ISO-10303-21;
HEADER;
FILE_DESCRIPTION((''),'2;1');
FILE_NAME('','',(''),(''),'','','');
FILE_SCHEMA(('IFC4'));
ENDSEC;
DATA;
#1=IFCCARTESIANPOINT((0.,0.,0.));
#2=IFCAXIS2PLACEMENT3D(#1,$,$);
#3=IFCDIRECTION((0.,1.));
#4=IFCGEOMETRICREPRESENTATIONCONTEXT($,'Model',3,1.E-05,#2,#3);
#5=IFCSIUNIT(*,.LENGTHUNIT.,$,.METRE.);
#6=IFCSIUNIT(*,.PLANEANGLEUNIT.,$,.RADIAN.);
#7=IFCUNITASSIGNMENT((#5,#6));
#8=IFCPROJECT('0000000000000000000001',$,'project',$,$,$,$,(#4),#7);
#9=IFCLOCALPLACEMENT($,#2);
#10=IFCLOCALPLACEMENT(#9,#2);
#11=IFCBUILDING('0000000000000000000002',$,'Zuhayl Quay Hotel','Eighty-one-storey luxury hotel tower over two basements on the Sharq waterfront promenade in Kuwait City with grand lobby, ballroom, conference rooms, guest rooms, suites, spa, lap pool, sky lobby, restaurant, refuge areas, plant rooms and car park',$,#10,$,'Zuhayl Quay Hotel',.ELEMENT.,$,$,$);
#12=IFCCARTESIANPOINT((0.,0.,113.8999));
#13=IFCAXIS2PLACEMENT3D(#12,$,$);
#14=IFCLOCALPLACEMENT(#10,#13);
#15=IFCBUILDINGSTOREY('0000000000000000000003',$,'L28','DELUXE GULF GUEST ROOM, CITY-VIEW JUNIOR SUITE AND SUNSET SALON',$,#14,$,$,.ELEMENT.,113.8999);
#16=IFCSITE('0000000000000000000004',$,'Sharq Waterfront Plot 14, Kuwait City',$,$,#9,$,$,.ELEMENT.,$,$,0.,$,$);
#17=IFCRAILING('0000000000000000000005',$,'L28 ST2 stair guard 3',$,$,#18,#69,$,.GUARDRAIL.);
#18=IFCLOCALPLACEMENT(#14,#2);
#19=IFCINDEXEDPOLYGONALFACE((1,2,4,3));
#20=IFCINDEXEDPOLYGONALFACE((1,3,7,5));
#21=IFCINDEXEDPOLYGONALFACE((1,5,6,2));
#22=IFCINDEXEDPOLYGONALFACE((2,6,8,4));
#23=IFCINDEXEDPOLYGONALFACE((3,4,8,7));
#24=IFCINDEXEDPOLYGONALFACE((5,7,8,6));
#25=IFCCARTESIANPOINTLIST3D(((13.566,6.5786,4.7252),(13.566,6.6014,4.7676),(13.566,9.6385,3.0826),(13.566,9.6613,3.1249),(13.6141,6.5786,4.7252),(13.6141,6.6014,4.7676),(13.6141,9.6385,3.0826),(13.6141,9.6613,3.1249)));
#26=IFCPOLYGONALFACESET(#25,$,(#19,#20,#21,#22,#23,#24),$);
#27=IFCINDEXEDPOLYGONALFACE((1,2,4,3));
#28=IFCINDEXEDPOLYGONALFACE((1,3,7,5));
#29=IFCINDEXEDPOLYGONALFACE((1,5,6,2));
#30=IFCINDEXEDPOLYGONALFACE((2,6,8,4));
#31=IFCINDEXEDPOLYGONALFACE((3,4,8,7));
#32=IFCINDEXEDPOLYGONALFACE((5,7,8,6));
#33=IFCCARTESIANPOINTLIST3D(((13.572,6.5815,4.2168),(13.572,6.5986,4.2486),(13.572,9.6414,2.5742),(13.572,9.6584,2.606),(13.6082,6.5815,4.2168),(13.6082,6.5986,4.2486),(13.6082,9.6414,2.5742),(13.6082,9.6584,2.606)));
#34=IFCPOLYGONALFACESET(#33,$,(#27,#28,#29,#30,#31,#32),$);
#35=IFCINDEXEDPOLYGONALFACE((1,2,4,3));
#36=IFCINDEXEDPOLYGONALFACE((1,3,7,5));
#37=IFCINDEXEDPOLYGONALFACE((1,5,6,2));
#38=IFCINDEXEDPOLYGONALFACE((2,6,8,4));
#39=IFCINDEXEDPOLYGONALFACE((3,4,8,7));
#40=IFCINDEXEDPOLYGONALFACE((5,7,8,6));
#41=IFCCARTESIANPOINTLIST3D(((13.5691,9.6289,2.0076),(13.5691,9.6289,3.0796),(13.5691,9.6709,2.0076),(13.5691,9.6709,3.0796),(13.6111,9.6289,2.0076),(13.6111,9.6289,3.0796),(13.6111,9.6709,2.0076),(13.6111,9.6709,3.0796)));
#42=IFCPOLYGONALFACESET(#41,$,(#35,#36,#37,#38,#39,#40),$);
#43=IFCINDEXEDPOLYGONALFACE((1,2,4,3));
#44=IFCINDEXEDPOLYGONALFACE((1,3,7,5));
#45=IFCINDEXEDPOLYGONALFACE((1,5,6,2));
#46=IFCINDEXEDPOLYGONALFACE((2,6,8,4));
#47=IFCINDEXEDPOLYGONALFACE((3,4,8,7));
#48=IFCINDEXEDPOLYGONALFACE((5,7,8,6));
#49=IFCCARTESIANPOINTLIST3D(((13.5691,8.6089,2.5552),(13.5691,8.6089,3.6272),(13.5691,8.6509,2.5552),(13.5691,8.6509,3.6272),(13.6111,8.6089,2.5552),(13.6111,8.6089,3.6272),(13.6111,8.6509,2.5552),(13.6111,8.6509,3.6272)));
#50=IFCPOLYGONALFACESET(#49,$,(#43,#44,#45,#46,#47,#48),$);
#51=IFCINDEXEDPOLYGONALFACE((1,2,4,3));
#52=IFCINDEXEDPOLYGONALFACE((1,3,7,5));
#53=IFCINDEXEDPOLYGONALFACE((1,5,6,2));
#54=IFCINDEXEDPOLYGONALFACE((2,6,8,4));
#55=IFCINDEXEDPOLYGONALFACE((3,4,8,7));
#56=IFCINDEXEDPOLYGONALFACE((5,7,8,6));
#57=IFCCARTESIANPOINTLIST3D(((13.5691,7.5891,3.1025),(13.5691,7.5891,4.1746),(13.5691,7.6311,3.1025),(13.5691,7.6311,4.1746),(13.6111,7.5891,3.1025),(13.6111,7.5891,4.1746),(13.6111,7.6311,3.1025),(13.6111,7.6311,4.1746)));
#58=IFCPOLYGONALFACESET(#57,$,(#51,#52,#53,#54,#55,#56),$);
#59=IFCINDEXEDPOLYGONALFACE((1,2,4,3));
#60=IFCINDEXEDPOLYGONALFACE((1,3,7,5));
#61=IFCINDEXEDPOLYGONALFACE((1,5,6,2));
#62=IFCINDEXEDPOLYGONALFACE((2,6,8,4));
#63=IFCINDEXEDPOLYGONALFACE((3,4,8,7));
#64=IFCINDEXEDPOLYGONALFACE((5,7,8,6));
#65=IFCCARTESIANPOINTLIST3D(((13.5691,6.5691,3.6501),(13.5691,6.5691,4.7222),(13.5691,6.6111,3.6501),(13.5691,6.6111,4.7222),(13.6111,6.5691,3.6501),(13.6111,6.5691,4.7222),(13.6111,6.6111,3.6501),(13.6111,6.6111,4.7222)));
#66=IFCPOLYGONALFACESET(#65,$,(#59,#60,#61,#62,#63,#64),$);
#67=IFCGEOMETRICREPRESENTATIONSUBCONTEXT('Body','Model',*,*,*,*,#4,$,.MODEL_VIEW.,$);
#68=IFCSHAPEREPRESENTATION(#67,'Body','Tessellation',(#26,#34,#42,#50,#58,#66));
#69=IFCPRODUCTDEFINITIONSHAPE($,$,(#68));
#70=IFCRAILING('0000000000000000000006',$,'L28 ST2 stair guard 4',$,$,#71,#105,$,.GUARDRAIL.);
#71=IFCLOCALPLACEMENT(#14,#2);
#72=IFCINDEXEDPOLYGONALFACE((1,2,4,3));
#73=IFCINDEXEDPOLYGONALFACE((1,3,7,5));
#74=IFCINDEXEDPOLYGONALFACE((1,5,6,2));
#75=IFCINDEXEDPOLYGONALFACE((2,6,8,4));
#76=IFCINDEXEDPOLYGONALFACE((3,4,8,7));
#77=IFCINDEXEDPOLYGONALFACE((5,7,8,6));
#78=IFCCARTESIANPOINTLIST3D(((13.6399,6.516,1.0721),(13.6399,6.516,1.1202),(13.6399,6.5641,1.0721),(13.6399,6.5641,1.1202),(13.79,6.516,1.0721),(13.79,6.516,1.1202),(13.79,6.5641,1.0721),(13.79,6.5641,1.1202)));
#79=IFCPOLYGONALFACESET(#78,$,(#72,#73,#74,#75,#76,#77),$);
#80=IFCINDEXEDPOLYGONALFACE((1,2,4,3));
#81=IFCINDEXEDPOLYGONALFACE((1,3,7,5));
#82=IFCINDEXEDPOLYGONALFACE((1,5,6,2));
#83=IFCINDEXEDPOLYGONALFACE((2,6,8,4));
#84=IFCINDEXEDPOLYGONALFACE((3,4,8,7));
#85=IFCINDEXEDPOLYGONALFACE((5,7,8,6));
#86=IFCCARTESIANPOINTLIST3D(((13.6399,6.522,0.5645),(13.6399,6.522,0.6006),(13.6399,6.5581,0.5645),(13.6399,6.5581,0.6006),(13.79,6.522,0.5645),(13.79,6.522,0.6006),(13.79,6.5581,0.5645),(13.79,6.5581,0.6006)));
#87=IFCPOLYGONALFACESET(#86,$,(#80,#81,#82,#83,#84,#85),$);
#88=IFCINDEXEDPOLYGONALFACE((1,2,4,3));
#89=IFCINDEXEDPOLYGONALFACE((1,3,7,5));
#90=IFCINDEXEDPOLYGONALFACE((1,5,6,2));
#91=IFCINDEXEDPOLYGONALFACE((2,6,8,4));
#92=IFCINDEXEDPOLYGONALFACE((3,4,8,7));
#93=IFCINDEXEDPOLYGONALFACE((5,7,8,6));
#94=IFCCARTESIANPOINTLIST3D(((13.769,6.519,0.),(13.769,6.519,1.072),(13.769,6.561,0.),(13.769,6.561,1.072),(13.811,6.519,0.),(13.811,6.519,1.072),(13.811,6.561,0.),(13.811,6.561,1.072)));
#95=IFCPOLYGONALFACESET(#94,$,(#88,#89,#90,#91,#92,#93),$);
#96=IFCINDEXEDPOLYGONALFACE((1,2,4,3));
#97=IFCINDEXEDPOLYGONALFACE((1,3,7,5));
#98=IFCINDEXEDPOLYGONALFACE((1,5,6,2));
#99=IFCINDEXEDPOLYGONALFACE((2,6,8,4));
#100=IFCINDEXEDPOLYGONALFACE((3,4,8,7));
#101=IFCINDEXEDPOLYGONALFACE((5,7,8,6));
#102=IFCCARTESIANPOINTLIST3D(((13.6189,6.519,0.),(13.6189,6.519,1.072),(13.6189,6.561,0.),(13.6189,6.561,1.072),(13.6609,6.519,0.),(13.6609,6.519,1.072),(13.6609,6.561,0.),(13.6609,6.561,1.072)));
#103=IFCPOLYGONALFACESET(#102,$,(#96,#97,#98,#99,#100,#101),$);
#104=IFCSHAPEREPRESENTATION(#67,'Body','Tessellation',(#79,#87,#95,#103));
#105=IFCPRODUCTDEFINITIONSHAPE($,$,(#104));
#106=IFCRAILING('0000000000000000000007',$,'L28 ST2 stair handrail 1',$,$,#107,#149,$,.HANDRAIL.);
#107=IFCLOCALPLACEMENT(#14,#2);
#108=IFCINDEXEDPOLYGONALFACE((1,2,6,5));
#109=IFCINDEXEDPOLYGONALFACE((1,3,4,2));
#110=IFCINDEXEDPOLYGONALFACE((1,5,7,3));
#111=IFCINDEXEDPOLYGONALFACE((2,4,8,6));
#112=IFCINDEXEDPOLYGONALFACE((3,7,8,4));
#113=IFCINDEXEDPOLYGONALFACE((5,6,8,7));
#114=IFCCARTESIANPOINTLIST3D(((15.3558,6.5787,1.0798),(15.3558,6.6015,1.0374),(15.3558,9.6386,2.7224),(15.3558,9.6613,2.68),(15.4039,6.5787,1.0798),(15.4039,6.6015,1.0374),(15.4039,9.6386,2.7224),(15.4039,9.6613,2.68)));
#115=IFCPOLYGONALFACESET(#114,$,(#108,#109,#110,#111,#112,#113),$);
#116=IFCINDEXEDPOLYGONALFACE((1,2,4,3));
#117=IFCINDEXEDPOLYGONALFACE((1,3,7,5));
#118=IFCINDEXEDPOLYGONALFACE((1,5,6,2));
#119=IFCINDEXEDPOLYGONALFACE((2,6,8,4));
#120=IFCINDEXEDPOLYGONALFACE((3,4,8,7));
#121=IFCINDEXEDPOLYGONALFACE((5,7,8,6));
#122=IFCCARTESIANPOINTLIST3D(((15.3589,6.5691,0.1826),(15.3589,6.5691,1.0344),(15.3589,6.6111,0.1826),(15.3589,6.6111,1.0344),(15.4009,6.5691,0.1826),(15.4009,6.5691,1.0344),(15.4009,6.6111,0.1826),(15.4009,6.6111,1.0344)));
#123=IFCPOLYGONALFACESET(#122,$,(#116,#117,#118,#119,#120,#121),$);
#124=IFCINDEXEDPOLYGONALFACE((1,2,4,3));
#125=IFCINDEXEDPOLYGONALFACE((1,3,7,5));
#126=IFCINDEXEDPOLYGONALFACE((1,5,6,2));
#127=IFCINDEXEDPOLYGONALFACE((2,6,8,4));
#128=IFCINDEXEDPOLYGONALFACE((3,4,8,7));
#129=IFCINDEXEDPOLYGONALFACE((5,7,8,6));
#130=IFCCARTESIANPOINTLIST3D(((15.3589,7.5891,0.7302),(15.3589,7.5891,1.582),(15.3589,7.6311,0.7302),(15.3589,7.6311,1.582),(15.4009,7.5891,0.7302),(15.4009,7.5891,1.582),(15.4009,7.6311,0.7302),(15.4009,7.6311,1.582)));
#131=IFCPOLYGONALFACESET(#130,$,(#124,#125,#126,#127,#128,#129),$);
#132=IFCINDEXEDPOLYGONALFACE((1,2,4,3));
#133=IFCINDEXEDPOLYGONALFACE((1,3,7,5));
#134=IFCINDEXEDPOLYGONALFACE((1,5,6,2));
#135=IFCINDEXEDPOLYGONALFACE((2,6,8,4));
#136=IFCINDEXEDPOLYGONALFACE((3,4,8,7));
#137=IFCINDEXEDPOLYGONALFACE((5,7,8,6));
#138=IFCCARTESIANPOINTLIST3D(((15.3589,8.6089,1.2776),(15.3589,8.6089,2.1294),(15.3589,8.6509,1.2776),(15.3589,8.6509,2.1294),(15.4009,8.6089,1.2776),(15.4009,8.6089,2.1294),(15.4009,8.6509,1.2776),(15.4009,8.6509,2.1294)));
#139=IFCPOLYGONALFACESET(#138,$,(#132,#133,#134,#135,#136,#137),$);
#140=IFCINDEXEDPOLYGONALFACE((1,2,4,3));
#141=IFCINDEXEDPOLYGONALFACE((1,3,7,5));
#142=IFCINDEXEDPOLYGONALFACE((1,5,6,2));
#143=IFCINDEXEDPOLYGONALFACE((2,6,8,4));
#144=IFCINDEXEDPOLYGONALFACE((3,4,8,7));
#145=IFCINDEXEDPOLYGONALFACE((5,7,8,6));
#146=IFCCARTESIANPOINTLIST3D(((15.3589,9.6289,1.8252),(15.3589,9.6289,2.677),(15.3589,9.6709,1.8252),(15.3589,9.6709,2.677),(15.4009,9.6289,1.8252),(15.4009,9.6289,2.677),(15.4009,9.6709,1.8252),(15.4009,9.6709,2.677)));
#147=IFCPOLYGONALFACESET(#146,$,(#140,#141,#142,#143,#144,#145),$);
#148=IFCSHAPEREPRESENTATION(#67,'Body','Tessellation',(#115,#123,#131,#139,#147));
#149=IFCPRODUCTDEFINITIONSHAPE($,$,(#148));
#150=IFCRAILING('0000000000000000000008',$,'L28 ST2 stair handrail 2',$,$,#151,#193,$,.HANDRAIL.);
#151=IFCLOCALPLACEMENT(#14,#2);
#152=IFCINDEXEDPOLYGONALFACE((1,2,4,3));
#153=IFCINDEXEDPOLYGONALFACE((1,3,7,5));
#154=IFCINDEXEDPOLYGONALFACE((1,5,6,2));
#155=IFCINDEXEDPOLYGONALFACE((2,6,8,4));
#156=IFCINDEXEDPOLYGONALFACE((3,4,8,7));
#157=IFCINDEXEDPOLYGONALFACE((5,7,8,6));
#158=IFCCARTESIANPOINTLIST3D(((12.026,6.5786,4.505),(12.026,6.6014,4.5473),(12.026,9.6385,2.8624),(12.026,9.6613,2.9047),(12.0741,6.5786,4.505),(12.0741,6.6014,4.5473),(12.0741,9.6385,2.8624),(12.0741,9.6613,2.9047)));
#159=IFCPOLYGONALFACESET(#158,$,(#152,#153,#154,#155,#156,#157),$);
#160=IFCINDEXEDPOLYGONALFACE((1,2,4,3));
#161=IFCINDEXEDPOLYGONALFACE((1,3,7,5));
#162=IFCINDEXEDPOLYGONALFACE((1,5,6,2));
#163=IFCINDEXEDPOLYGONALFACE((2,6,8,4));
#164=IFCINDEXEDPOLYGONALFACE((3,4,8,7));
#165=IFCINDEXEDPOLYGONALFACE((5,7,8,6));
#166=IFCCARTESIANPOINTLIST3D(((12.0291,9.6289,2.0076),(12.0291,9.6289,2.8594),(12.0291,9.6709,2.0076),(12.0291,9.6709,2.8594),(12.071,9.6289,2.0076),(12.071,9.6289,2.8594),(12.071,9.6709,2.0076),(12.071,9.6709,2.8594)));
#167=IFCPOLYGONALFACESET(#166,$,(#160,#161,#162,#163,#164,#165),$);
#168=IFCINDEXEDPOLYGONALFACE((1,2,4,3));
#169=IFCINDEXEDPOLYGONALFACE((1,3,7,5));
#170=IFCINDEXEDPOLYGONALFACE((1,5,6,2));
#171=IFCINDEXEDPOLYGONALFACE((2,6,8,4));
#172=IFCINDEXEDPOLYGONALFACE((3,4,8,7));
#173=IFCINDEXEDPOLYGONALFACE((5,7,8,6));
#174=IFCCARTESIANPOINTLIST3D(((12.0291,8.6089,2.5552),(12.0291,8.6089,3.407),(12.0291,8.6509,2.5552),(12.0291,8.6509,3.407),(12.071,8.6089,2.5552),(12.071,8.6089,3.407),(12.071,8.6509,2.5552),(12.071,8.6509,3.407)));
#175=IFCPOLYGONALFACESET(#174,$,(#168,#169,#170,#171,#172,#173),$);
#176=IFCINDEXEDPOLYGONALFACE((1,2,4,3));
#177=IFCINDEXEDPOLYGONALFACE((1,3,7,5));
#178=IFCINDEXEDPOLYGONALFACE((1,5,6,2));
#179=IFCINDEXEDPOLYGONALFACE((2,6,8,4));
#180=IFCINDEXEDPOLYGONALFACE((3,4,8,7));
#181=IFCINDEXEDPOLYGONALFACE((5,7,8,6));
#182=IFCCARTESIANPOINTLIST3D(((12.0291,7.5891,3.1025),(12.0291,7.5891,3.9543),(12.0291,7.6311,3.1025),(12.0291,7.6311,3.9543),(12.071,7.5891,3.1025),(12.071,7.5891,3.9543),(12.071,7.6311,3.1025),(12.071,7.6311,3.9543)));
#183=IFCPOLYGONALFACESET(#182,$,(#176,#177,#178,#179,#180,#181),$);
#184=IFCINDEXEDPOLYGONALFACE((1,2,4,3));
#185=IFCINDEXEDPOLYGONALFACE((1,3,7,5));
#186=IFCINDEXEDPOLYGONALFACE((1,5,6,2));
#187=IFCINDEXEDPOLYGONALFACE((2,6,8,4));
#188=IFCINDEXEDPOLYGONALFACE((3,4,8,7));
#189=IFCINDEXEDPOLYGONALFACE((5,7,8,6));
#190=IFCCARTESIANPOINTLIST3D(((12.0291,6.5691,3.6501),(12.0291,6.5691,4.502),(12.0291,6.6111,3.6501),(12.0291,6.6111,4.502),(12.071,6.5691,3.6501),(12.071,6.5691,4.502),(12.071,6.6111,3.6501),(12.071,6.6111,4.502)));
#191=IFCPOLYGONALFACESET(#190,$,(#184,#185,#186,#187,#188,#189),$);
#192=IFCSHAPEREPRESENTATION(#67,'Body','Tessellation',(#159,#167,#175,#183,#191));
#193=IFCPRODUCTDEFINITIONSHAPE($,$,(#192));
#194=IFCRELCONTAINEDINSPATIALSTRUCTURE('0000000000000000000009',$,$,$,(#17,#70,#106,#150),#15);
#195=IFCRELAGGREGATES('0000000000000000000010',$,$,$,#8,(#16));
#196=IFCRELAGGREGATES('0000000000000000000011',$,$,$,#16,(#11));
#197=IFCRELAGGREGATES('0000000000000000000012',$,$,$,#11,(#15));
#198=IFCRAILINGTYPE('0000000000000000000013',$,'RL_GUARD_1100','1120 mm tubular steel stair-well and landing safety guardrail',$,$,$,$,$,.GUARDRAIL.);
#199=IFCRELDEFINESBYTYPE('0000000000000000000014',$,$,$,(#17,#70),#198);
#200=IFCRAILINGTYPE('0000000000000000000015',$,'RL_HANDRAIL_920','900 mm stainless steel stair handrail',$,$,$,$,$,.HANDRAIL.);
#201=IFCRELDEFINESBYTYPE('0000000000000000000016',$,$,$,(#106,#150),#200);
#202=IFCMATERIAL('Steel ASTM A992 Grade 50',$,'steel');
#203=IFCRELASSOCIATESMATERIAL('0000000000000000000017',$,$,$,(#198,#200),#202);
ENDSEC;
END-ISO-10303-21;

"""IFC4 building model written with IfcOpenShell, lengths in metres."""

from ifc_helpers import new_model, si_unit, direction, frame, origin, origin_2d, place, context, subcontext, project, spatial, rectangle, extrude, material, type_object, element, save


model = new_model("IFC4")

# Units and contexts
model_context = context("Model", 3, precision=1e-05, world=origin(), true_north=direction((0.0, 1.0)))
body_context = subcontext(model_context, "Body", "Model", "MODEL_VIEW")
ifc_project = project(units=[si_unit("LENGTHUNIT", "METRE"), si_unit("PLANEANGLEUNIT", "RADIAN")], contexts=[model_context])

# Site, building, storey
site_placement = place(None, origin())
site = spatial("IfcSite", under=ifc_project, at=site_placement, Name="Sharq Waterfront Plot 14, Kuwait City", CompositionType="ELEMENT", RefElevation=0.0)
building_placement = place(site_placement, origin())
building = spatial("IfcBuilding", under=site, at=building_placement, Name="Zuhayl Quay Hotel", Description="Eighty-one-storey luxury hotel tower over two basements on the Sharq waterfront promenade in Kuwait City with grand lobby, ballroom, conference rooms, guest rooms, suites, spa, lap pool, sky lobby, restaurant, refuge areas, plant rooms and car park", LongName="Zuhayl Quay Hotel", CompositionType="ELEMENT")
storey_placement = place(building_placement, frame((0.0, 0.0, 113.8999)))
storey = spatial("IfcBuildingStorey", under=building, at=storey_placement, Name="L28", Description="DELUXE GULF GUEST ROOM, CITY-VIEW JUNIOR SUITE AND SUNSET SALON", CompositionType="ELEMENT", Elevation=113.8999)

# Shared definitions
ifc_material_1 = material(Name="Steel ASTM A992 Grade 50", Category="steel")

# Railings
railing_type_1 = type_object("IfcRailingType", Name="RL_GUARD_1100", Description="1120 mm tubular steel stair-well and landing safety guardrail", PredefinedType="GUARDRAIL", material=ifc_material_1)
railing_1_placement = place(storey_placement, frame((13.5901, 9.6499, 2.0076)))
element("IfcRailing", 1, at=railing_1_placement, inside=storey, type_object=railing_type_1, Name="L28 ST2 stair guard 3", PredefinedType="GUARDRAIL", context=body_context, shape_type="SweptSolid", body=[
    extrude(rectangle(XDim=0.0481, YDim=0.0481, at=origin_2d()), frame((0.0, 0.0, 1.0962), z_axis=(0.0, -0.881073, 0.47298), x_axis=(1.0, 0.0, 0.0)), (0.0, 0.0, 1.0), 3.4729),
    extrude(rectangle(XDim=0.0361, YDim=0.0361, at=origin_2d()), frame((0.0, 0.0, 0.5825), z_axis=(0.0, -0.881073, 0.47298), x_axis=(1.0, 0.0, 0.0)), (0.0, 0.0, 1.0), 3.4729),
    extrude(rectangle(XDim=0.042, YDim=0.042, at=origin_2d()), origin(), (0.0, 0.0, 1.0), 1.072),
    extrude(rectangle(XDim=0.042, YDim=0.042, at=origin_2d()), frame((0.0, -1.02, 0.5476)), (0.0, 0.0, 1.0), 1.072),
    extrude(rectangle(XDim=0.042, YDim=0.042, at=origin_2d()), frame((0.0, -2.0398, 1.095)), (0.0, 0.0, 1.0), 1.072),
    extrude(rectangle(XDim=0.042, YDim=0.042, at=origin_2d()), frame((0.0, -3.0598, 1.6426)), (0.0, 0.0, 1.0), 1.072),
])
railing_2_placement = place(storey_placement, frame((13.79, 6.54, 0.0)))
element("IfcRailing", 2, at=railing_2_placement, inside=storey, type_object=railing_type_1, Name="L28 ST2 stair guard 4", PredefinedType="GUARDRAIL", context=body_context, shape_type="SweptSolid", body=[
    extrude(rectangle(XDim=0.0481, YDim=0.0481, at=origin_2d()), frame((0.0, 0.0, 1.0962), z_axis=(-1.0, 0.0, 0.0), x_axis=(0.0, -1.0, 0.0)), (0.0, 0.0, 1.0), 0.1501),
    extrude(rectangle(XDim=0.0361, YDim=0.0361, at=origin_2d()), frame((0.0, 0.0, 0.5825), z_axis=(-1.0, 0.0, 0.0), x_axis=(0.0, -1.0, 0.0)), (0.0, 0.0, 1.0), 0.1501),
    extrude(rectangle(XDim=0.042, YDim=0.042, at=origin_2d()), origin(), (0.0, 0.0, 1.0), 1.072),
    extrude(rectangle(XDim=0.042, YDim=0.042, at=origin_2d()), frame((-0.1501, 0.0, 0.0)), (0.0, 0.0, 1.0), 1.072),
])
railing_type_2 = type_object("IfcRailingType", Name="RL_HANDRAIL_920", Description="900 mm stainless steel stair handrail", PredefinedType="HANDRAIL", material=ifc_material_1)
railing_3_placement = place(storey_placement, frame((15.3799, 6.5901, 0.1826)))
element("IfcRailing", 3, at=railing_3_placement, inside=storey, type_object=railing_type_2, Name="L28 ST2 stair handrail 1", PredefinedType="HANDRAIL", context=body_context, shape_type="SweptSolid", body=[
    extrude(rectangle(XDim=0.0481, YDim=0.0481, at=origin_2d()), frame((0.0, 0.0, 0.876), z_axis=(0.0, 0.881073, 0.47298), x_axis=(-1.0, 0.0, 0.0)), (0.0, 0.0, 1.0), 3.4729),
    extrude(rectangle(XDim=0.042, YDim=0.042, at=origin_2d()), origin(), (0.0, 0.0, 1.0), 0.8518),
    extrude(rectangle(XDim=0.042, YDim=0.042, at=origin_2d()), frame((0.0, 1.02, 0.5476)), (0.0, 0.0, 1.0), 0.8518),
    extrude(rectangle(XDim=0.042, YDim=0.042, at=origin_2d()), frame((0.0, 2.0398, 1.095)), (0.0, 0.0, 1.0), 0.8518),
    extrude(rectangle(XDim=0.042, YDim=0.042, at=origin_2d()), frame((0.0, 3.0598, 1.6426)), (0.0, 0.0, 1.0), 0.8518),
])
railing_4_placement = place(storey_placement, frame((12.05, 9.6499, 2.0076)))
element("IfcRailing", 4, at=railing_4_placement, inside=storey, type_object=railing_type_2, Name="L28 ST2 stair handrail 2", PredefinedType="HANDRAIL", context=body_context, shape_type="SweptSolid", body=[
    extrude(rectangle(XDim=0.0481, YDim=0.0481, at=origin_2d()), frame((0.0, 0.0, 0.876), z_axis=(0.0, -0.881073, 0.47298), x_axis=(1.0, 0.0, 0.0)), (0.0, 0.0, 1.0), 3.4729),
    extrude(rectangle(XDim=0.042, YDim=0.042, at=origin_2d()), origin(), (0.0, 0.0, 1.0), 0.8518),
    extrude(rectangle(XDim=0.042, YDim=0.042, at=origin_2d()), frame((0.0, -1.02, 0.5476)), (0.0, 0.0, 1.0), 0.8518),
    extrude(rectangle(XDim=0.042, YDim=0.042, at=origin_2d()), frame((0.0, -2.0398, 1.095)), (0.0, 0.0, 1.0), 0.8518),
    extrude(rectangle(XDim=0.042, YDim=0.042, at=origin_2d()), frame((0.0, -3.0598, 1.6426)), (0.0, 0.0, 1.0), 0.8518),
])

save(model, "model.ifc")
